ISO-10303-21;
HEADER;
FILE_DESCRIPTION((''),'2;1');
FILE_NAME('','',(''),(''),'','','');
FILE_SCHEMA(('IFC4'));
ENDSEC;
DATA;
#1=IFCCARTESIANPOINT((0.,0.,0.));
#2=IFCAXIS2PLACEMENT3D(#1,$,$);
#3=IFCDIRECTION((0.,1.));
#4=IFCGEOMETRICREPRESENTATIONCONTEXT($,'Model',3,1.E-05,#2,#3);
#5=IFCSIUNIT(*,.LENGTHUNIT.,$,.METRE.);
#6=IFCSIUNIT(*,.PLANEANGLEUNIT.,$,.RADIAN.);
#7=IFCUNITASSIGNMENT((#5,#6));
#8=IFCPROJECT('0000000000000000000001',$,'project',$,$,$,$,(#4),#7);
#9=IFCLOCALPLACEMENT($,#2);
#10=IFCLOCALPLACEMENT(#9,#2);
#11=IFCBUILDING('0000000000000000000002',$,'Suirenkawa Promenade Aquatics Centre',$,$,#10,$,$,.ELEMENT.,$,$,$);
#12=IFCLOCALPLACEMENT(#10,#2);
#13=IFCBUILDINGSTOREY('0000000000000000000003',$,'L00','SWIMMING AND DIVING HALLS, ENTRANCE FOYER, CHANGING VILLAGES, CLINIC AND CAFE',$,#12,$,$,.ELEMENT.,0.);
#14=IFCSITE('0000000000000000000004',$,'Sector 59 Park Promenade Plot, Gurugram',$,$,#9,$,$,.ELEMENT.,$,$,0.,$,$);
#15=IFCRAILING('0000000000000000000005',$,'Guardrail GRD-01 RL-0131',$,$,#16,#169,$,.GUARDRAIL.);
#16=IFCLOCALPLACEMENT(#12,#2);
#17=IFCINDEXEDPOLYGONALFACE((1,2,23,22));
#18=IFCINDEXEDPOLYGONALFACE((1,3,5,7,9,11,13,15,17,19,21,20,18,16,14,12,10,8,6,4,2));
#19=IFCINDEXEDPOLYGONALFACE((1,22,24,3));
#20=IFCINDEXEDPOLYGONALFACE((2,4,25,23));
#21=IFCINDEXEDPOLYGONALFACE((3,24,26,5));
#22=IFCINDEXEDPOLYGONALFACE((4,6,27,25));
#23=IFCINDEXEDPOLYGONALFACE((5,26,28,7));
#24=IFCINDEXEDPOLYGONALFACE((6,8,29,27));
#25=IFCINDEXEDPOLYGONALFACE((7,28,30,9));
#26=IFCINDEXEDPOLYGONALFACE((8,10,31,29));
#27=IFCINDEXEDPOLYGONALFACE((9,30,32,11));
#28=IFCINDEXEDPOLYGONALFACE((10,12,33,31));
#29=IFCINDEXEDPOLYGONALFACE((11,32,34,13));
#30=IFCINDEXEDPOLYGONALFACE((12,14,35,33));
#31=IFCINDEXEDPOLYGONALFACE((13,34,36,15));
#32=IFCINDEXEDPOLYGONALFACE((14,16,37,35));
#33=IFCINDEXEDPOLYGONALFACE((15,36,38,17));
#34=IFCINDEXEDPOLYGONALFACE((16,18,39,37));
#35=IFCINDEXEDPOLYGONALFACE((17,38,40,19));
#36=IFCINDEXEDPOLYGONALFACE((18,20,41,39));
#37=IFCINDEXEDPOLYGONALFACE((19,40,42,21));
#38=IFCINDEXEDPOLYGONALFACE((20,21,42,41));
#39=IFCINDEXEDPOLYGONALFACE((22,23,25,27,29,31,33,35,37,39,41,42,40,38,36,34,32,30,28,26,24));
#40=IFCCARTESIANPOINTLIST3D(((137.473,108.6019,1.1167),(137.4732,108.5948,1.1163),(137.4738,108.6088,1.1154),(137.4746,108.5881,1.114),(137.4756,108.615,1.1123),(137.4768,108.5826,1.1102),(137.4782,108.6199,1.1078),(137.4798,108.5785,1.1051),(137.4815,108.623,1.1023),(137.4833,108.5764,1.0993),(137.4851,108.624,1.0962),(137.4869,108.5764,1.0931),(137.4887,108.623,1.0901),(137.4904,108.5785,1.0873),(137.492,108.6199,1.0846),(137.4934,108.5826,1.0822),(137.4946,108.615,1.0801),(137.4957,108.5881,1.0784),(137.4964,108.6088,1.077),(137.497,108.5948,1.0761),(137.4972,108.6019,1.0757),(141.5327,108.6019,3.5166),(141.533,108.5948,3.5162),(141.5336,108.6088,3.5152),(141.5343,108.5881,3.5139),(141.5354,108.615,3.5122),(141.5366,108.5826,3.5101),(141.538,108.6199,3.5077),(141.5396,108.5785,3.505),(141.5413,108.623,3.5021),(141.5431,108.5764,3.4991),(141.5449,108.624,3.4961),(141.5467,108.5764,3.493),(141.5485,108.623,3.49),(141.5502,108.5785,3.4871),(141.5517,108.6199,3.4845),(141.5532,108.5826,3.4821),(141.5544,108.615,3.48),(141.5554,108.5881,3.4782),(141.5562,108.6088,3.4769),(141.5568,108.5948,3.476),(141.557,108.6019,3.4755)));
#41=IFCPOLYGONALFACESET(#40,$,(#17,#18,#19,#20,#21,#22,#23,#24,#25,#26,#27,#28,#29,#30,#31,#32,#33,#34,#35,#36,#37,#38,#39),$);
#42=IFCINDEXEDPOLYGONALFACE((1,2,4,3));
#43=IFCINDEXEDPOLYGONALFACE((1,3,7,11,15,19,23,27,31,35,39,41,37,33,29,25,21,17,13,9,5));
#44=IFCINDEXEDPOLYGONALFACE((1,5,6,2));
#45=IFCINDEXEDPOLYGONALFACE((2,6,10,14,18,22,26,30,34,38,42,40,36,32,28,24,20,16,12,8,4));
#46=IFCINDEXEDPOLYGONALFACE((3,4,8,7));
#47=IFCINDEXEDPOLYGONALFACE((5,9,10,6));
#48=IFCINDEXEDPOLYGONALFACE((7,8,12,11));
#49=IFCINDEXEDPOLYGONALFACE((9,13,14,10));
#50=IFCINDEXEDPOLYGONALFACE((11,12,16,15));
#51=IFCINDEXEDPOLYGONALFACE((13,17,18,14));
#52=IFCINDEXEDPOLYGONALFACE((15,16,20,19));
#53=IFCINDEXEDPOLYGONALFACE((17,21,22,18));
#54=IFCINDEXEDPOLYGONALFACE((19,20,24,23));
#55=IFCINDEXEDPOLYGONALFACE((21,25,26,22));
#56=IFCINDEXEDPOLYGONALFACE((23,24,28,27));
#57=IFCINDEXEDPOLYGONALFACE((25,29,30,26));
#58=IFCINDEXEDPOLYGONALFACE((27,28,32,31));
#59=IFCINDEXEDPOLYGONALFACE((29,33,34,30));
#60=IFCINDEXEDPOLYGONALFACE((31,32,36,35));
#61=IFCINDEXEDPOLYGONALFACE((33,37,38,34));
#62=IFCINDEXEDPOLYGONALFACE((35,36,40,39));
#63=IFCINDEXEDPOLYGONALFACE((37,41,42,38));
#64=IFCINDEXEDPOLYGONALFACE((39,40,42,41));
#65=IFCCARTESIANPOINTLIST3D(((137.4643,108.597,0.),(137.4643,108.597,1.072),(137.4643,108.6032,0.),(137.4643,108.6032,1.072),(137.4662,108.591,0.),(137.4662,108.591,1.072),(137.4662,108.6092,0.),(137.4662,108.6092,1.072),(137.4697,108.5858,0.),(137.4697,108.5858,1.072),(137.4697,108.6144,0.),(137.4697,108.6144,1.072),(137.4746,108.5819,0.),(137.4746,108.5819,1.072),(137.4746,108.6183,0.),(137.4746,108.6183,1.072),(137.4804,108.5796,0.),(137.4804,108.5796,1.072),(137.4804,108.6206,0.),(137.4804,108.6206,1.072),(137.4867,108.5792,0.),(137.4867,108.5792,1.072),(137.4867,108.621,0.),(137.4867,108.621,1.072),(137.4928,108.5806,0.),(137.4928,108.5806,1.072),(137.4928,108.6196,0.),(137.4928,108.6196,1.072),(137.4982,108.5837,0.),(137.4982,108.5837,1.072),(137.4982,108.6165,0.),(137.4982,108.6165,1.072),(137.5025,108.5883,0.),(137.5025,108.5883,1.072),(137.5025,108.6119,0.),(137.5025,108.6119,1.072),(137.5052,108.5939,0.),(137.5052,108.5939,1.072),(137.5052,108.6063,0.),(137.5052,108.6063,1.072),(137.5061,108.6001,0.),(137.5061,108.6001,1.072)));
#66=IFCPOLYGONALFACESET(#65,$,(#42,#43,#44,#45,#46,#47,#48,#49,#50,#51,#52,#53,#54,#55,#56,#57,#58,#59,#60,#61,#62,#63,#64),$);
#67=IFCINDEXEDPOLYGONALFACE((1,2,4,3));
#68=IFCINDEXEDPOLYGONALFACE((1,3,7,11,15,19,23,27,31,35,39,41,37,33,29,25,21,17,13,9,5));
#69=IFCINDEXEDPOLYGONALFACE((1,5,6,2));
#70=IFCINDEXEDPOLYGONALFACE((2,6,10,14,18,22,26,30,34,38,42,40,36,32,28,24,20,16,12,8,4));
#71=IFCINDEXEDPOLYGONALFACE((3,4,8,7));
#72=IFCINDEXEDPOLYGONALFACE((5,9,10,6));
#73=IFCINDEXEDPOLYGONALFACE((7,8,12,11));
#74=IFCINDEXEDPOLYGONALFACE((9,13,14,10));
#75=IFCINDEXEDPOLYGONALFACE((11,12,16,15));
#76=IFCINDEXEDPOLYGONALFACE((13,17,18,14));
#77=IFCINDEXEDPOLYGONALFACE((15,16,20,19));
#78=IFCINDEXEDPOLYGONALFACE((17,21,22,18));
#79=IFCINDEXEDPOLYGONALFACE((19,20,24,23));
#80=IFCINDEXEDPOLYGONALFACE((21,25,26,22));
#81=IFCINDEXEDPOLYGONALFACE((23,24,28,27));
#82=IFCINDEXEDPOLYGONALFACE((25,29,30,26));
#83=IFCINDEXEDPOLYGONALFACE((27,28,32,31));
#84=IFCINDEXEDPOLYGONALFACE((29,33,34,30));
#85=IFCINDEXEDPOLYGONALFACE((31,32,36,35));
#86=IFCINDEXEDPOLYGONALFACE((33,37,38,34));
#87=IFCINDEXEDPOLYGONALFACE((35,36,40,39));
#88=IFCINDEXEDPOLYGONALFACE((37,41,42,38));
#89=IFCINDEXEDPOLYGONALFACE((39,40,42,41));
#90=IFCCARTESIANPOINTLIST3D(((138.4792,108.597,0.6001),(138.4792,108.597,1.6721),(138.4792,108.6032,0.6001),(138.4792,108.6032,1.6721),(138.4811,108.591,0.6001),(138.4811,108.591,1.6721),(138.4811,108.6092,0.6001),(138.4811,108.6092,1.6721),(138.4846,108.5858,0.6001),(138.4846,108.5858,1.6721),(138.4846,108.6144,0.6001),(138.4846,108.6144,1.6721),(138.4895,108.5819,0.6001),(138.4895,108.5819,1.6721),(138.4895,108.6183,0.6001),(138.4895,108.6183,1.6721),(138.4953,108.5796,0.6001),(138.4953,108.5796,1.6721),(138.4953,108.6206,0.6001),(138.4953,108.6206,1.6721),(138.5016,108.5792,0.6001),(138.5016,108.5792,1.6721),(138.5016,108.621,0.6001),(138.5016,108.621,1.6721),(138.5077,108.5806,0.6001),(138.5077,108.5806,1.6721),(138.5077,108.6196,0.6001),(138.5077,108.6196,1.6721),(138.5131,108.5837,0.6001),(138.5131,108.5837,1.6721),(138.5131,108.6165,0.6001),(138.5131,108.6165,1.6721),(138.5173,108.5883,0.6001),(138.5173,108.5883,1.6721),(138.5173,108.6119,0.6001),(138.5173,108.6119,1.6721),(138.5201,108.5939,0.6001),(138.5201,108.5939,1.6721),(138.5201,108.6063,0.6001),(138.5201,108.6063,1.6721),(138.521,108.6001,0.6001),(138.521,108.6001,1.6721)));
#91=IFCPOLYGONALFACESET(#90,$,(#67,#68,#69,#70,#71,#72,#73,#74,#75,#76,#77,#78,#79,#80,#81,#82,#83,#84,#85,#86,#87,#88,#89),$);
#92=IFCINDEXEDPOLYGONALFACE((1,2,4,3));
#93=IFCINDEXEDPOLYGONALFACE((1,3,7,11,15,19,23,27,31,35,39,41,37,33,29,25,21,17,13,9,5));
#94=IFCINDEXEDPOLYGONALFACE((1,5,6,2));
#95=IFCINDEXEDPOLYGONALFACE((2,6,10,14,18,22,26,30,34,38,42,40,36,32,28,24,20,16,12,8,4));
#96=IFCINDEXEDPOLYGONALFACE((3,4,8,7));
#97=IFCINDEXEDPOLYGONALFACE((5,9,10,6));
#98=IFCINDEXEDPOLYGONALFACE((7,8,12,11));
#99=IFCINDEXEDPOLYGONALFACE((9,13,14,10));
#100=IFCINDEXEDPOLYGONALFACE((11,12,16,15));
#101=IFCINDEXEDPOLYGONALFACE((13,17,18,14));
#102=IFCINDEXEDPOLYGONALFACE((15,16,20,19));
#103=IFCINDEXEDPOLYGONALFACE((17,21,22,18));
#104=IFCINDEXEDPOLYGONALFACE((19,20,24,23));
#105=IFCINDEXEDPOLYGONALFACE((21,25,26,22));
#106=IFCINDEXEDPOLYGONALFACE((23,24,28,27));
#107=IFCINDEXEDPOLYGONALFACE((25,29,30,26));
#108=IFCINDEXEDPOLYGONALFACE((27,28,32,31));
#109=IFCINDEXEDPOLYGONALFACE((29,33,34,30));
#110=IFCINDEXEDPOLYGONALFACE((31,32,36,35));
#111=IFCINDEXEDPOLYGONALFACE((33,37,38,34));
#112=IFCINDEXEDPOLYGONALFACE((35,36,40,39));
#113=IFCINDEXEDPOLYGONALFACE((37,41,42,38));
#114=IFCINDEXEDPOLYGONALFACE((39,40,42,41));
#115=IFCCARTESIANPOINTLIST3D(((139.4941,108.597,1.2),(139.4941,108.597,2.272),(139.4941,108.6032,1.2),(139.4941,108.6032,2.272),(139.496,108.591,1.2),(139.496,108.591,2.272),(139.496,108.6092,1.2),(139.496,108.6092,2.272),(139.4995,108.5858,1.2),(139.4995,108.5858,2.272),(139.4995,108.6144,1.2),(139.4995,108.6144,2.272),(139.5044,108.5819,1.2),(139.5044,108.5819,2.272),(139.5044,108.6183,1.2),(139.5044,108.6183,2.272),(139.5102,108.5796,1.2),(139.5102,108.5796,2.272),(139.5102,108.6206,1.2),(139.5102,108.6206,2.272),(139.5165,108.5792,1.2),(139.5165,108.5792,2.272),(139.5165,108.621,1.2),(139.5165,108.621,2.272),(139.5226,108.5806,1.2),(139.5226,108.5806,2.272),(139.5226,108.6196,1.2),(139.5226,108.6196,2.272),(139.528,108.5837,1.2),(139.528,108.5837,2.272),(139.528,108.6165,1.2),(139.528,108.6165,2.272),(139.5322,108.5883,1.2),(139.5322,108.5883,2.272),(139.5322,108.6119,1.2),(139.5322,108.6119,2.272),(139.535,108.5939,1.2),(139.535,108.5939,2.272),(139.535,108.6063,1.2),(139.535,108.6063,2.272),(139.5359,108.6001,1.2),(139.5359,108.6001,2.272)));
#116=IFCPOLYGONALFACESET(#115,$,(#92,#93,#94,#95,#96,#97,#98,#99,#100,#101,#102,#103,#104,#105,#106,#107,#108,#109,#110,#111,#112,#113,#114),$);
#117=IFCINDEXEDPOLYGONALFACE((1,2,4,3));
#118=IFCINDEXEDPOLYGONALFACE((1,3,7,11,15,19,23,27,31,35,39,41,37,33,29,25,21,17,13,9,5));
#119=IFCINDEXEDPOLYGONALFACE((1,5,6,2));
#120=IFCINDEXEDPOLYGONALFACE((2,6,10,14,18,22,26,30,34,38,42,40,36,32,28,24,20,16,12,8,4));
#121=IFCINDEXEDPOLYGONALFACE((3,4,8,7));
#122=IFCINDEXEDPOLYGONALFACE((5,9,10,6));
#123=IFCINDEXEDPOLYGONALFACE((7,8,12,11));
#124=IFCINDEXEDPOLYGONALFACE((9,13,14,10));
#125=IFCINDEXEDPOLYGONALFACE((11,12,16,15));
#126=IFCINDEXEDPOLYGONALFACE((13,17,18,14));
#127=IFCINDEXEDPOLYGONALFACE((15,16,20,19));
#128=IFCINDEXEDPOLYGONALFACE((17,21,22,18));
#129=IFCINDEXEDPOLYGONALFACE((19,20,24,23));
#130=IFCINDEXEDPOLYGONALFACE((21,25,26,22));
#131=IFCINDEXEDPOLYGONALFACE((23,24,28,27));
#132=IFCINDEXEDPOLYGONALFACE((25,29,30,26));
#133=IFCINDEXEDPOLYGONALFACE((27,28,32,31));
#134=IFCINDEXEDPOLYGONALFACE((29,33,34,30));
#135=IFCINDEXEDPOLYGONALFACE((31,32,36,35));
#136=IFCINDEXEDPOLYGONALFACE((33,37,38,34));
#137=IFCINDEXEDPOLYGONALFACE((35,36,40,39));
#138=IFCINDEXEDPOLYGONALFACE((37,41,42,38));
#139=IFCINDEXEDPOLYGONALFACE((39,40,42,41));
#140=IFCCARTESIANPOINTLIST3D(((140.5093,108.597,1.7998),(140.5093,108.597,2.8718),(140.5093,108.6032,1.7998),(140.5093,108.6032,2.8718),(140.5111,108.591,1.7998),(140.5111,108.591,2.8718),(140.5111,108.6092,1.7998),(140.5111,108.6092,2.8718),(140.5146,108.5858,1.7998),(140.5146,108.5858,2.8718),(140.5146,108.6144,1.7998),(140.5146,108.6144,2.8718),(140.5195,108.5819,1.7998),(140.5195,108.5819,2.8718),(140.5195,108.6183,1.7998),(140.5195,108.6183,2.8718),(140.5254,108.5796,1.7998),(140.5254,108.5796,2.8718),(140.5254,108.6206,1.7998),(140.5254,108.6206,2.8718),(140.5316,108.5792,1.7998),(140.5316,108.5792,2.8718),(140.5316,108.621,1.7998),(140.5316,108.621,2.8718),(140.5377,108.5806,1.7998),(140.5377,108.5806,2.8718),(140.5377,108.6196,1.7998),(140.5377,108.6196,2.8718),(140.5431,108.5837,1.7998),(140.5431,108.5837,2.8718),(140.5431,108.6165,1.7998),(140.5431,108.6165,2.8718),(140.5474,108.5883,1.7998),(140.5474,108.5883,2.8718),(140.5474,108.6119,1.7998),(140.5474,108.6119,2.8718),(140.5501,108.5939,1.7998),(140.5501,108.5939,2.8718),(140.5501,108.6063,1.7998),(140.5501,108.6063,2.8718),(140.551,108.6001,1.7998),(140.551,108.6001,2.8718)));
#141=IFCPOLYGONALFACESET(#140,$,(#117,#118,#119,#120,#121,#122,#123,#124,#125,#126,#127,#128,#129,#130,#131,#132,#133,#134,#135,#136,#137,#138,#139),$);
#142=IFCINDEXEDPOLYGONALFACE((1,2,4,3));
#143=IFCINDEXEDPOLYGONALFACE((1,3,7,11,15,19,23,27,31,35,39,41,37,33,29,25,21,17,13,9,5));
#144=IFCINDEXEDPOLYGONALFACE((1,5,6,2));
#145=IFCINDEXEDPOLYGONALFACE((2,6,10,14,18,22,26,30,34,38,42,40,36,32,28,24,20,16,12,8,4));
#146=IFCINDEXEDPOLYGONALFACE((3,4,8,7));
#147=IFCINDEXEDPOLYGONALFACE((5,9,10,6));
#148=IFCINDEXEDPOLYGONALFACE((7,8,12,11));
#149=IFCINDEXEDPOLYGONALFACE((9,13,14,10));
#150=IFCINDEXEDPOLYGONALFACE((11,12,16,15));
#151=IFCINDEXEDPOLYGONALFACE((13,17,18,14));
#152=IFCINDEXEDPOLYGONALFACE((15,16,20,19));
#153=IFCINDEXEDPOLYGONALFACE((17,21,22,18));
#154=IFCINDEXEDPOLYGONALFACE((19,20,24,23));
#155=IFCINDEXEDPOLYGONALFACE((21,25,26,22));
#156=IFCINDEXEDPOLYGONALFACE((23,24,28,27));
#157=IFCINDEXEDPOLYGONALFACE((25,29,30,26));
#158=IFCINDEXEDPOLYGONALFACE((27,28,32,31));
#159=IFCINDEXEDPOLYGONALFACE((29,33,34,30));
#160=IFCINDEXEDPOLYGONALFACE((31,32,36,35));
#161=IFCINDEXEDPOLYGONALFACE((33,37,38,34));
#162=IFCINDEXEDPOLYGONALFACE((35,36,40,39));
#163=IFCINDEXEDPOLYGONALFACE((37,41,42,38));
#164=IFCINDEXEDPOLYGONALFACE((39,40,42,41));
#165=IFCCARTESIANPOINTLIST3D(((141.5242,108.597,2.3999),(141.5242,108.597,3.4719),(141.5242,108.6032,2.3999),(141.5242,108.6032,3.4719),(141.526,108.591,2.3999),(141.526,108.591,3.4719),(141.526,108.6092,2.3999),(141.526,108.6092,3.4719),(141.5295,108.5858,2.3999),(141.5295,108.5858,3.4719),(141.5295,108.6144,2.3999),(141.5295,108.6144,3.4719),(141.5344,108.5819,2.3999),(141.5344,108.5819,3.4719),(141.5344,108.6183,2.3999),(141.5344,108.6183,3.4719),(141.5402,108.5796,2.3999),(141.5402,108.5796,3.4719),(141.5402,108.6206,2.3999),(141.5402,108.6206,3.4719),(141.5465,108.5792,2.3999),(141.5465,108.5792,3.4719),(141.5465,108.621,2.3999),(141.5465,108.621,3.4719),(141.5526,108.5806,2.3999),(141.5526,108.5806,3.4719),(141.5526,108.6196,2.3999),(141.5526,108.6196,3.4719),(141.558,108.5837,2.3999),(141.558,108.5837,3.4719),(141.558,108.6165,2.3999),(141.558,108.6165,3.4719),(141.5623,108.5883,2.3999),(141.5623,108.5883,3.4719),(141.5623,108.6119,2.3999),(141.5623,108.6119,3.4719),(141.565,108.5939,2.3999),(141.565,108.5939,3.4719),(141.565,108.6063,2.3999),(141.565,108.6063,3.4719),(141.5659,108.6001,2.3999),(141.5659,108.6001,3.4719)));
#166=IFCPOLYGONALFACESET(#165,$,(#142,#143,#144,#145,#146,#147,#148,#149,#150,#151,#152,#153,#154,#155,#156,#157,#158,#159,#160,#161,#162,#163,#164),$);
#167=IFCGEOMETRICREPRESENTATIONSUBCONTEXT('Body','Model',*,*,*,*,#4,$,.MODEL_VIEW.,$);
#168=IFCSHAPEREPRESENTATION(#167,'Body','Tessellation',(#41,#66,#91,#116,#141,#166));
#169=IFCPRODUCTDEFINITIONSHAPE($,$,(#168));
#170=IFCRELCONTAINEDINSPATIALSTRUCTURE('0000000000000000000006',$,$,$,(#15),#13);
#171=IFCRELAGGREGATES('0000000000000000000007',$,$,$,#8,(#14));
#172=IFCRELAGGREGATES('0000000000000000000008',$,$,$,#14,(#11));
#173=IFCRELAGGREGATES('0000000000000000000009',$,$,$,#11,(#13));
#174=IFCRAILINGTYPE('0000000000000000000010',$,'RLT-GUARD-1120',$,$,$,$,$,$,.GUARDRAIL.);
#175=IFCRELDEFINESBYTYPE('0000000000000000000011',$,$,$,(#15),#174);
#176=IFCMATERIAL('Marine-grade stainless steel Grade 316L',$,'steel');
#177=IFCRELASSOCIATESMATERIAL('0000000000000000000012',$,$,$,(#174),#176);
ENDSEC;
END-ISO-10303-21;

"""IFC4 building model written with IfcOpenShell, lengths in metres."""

from ifc_helpers import new_model, si_unit, direction, frame, origin, origin_2d, place, context, subcontext, project, spatial, circle, extrude, material, type_object, element, save


model = new_model("IFC4")

# Units and contexts
model_context = context("Model", 3, precision=1e-05, world=origin(), true_north=direction((0.0, 1.0)))
body_context = subcontext(model_context, "Body", "Model", "MODEL_VIEW")
ifc_project = project(units=[si_unit("LENGTHUNIT", "METRE"), si_unit("PLANEANGLEUNIT", "RADIAN")], contexts=[model_context])

# Site, building, storey
site_placement = place(None, origin())
site = spatial("IfcSite", under=ifc_project, at=site_placement, Name="Sector 59 Park Promenade Plot, Gurugram", CompositionType="ELEMENT", RefElevation=0.0)
building_placement = place(site_placement, origin())
building = spatial("IfcBuilding", under=site, at=building_placement, Name="Suirenkawa Promenade Aquatics Centre", CompositionType="ELEMENT")
storey_placement = place(building_placement, origin())
storey = spatial("IfcBuildingStorey", under=building, at=storey_placement, Name="L00", Description="SWIMMING AND DIVING HALLS, ENTRANCE FOYER, CHANGING VILLAGES, CLINIC AND CAFE", CompositionType="ELEMENT", Elevation=0.0)

# Railing
ifc_material_1 = material(Name="Marine-grade stainless steel Grade 316L", Category="steel")
railing_type_1 = type_object("IfcRailingType", Name="RLT-GUARD-1120", PredefinedType="GUARDRAIL", material=ifc_material_1)
for number, where, name in (
    (1, (137.4851, 108.6001, 0.0), "Guardrail GRD-01 RL-0131"),
):
    element("IfcRailing", number, at=place(storey_placement, frame(where)), inside=storey, type_object=railing_type_1, Name=name, PredefinedType="GUARDRAIL", context=body_context, shape_type="SweptSolid", body=[
        extrude(circle(Radius=0.0239, at=origin_2d()), frame((0.0, 0.0, 1.0962), z_axis=(0.860841, 0.0, 0.508874), x_axis=(0.0, 1.0, 0.0)), (0.0, 0.0, 1.0), 4.7161),
        extrude(circle(Radius=0.021, at=origin_2d()), origin(), (0.0, 0.0, 1.0), 1.072),
        extrude(circle(Radius=0.021, at=origin_2d()), frame((1.0149, 0.0, 0.6001)), (0.0, 0.0, 1.0), 1.072),
        extrude(circle(Radius=0.021, at=origin_2d()), frame((2.0298, 0.0, 1.2)), (0.0, 0.0, 1.0), 1.072),
        extrude(circle(Radius=0.021, at=origin_2d()), frame((3.0449, 0.0, 1.7998)), (0.0, 0.0, 1.0), 1.072),
        extrude(circle(Radius=0.021, at=origin_2d()), frame((4.0598, 0.0, 2.3999)), (0.0, 0.0, 1.0), 1.072),
    ])

save(model, "model.ifc")
